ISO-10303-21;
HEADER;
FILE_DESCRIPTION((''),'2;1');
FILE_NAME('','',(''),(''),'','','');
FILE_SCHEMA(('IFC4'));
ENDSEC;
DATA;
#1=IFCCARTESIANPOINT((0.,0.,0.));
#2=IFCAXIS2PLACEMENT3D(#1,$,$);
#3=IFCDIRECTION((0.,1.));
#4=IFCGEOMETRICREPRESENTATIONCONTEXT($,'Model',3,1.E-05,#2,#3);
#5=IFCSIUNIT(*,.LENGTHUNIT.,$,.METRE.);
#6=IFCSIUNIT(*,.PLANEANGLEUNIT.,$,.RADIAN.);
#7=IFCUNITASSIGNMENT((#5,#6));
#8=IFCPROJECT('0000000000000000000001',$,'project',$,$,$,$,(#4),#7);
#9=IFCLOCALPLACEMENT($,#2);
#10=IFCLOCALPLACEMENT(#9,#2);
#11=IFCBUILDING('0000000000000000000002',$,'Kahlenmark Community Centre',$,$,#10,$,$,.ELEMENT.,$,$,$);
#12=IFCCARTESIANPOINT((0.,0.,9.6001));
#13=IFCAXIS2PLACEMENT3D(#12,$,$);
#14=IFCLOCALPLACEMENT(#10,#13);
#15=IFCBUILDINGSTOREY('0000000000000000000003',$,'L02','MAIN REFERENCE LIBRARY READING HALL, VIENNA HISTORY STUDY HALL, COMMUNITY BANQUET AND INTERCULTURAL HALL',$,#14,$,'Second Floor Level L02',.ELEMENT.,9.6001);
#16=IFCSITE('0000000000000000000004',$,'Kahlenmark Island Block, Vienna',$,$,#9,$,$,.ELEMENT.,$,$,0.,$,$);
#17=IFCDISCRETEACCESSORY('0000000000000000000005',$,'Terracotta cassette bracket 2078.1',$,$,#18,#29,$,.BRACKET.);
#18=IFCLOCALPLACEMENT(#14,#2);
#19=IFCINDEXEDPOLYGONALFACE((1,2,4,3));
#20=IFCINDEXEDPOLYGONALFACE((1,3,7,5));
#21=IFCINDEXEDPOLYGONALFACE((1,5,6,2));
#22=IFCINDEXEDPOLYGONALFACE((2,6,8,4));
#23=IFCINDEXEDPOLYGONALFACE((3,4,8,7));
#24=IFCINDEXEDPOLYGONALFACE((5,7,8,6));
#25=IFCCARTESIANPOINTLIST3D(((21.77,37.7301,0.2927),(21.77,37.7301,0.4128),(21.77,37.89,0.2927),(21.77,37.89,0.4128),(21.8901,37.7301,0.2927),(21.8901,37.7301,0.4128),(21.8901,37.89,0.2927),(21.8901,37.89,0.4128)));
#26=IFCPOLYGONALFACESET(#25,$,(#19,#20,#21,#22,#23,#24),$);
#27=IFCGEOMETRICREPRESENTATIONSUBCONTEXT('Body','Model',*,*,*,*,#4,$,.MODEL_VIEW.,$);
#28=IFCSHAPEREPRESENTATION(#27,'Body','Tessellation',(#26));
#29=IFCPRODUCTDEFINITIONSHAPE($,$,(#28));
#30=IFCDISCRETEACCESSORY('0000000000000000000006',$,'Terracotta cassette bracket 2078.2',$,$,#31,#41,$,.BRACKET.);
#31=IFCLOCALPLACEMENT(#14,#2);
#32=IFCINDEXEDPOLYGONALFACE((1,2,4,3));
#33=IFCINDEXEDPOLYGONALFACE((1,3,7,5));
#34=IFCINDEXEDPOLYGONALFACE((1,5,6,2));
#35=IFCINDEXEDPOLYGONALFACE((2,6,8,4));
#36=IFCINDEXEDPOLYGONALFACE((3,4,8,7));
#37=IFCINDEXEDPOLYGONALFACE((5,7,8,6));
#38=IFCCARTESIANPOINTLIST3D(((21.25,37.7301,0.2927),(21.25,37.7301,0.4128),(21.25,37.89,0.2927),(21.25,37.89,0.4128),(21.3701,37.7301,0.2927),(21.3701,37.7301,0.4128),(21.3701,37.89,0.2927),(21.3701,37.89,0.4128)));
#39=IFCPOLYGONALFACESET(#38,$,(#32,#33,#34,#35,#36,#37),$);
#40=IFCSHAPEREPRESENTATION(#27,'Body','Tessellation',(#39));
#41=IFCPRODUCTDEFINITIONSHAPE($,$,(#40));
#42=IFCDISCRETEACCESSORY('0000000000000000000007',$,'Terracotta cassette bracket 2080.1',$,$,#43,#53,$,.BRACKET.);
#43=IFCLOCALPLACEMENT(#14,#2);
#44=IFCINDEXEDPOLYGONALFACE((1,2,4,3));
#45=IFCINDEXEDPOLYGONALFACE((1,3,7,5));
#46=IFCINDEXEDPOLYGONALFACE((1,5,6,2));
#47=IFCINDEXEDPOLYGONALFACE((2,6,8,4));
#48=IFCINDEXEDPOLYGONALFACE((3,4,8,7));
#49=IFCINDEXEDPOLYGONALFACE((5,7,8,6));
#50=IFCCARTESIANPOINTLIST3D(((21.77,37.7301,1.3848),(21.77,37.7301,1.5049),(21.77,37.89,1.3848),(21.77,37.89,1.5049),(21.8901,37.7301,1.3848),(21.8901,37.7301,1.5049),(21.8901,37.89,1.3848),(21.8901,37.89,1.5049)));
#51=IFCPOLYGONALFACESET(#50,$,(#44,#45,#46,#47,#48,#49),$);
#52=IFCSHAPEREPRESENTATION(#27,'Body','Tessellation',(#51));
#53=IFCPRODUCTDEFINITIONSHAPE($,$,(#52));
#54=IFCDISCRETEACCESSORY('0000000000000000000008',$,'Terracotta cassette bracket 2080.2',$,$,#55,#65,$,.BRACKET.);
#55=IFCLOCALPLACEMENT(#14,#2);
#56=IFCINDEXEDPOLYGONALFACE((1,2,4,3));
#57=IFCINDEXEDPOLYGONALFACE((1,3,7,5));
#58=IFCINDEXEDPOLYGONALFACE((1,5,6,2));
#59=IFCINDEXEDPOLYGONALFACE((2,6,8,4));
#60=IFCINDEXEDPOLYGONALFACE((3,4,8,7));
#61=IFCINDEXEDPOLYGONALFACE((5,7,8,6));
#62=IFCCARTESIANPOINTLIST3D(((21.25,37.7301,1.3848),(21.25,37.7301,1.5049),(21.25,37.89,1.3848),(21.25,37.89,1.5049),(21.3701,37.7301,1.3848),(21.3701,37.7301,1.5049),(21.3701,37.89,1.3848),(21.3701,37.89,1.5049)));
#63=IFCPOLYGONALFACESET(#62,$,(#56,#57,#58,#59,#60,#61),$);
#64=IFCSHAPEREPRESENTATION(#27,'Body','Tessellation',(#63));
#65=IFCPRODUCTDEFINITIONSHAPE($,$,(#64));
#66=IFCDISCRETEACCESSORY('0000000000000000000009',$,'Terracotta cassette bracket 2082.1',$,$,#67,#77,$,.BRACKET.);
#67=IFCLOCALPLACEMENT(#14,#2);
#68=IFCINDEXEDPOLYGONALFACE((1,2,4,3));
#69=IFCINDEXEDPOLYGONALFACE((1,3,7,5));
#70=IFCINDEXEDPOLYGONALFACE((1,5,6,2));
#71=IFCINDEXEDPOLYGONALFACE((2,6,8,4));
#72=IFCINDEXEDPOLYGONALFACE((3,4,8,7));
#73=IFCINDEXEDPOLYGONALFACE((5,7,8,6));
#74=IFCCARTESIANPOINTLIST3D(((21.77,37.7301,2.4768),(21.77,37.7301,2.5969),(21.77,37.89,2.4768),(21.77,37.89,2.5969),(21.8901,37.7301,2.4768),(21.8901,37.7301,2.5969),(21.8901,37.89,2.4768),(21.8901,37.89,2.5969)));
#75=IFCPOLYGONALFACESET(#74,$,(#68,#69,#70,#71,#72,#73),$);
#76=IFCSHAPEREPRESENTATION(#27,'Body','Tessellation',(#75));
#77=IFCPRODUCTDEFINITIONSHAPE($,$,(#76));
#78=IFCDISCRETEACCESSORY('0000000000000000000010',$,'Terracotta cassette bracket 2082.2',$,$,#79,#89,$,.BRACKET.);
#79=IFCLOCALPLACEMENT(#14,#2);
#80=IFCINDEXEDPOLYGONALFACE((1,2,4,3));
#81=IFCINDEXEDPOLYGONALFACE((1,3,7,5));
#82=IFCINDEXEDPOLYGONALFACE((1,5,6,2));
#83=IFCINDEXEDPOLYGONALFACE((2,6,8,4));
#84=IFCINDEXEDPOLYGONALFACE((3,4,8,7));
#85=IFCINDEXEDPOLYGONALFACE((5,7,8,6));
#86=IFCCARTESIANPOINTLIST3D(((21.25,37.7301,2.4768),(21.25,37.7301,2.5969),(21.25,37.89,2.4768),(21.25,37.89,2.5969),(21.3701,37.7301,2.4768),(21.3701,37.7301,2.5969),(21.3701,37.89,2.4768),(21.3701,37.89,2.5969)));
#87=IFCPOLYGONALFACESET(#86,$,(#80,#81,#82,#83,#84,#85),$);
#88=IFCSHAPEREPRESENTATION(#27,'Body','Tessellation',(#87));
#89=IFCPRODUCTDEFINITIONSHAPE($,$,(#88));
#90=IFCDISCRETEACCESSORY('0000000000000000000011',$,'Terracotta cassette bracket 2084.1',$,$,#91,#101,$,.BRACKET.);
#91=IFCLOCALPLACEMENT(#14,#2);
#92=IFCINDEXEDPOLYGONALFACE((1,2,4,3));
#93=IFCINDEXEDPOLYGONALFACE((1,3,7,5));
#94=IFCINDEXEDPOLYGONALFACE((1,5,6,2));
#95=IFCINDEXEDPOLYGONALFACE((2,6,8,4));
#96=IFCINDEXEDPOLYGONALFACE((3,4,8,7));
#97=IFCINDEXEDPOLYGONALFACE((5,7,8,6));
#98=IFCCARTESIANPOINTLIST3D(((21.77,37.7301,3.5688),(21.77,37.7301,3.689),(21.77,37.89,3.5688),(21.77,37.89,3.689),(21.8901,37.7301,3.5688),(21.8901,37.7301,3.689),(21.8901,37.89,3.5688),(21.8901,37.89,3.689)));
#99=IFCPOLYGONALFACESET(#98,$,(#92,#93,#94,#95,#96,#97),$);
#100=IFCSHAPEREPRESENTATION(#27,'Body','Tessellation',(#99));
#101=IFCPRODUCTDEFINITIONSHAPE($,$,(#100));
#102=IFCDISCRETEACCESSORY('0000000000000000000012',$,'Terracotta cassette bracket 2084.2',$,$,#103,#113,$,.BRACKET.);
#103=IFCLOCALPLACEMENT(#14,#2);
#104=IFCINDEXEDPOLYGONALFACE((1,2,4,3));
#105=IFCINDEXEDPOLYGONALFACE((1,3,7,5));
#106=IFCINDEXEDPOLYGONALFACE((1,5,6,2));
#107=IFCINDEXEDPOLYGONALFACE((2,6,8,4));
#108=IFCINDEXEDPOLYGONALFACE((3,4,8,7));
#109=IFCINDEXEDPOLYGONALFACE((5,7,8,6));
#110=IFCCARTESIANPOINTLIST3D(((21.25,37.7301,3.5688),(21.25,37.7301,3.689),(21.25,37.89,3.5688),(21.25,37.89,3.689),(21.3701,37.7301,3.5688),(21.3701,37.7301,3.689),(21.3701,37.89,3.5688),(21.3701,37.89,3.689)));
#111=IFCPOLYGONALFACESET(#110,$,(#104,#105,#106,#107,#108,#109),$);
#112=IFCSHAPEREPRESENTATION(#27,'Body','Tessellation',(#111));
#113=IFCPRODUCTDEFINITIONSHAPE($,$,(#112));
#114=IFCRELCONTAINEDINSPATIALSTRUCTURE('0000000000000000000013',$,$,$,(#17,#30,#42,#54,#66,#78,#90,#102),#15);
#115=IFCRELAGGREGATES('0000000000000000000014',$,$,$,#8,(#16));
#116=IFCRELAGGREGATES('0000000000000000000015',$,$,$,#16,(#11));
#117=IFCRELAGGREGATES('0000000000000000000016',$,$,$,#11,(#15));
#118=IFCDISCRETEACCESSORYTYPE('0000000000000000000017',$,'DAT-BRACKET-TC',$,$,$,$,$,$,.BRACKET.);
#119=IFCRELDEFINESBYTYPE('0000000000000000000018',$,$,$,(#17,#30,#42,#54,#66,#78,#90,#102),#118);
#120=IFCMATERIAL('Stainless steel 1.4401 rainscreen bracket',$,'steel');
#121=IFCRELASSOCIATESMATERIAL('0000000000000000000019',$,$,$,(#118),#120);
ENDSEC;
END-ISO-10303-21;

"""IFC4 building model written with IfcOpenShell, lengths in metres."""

from ifc_helpers import new_model, si_unit, direction, frame, origin, origin_2d, place, context, subcontext, project, spatial, rectangle, extrude, material, type_object, element, save


model = new_model("IFC4")

# Units and contexts
model_context = context("Model", 3, precision=1e-05, world=origin(), true_north=direction((0.0, 1.0)))
body_context = subcontext(model_context, "Body", "Model", "MODEL_VIEW")
ifc_project = project(units=[si_unit("LENGTHUNIT", "METRE"), si_unit("PLANEANGLEUNIT", "RADIAN")], contexts=[model_context])

# Site, building, storey
site_placement = place(None, origin())
site = spatial("IfcSite", under=ifc_project, at=site_placement, Name="Kahlenmark Island Block, Vienna", CompositionType="ELEMENT", RefElevation=0.0)
building_placement = place(site_placement, origin())
building = spatial("IfcBuilding", under=site, at=building_placement, Name="Kahlenmark Community Centre", CompositionType="ELEMENT")
storey_placement = place(building_placement, frame((0.0, 0.0, 9.6001)))
storey = spatial("IfcBuildingStorey", under=building, at=storey_placement, Name="L02", Description="MAIN REFERENCE LIBRARY READING HALL, VIENNA HISTORY STUDY HALL, COMMUNITY BANQUET AND INTERCULTURAL HALL", LongName="Second Floor Level L02", CompositionType="ELEMENT", Elevation=9.6001)

# Discrete accessories
ifc_material_1 = material(Name="Stainless steel 1.4401 rainscreen bracket", Category="steel")
discrete_accessory_type = type_object("IfcDiscreteAccessoryType", Name="DAT-BRACKET-TC", PredefinedType="BRACKET", material=ifc_material_1)
for number, where, z_axis, x_axis, name in (
    (1, (21.8301, 37.8101, 0.2927), (0.0, 0.0, 1.0), (-1.0, 0.0, 0.0), "Terracotta cassette bracket 2078.1"),
    (2, (21.3101, 37.8101, 0.2927), (0.0, 0.0, 1.0), (-1.0, 0.0, 0.0), "Terracotta cassette bracket 2078.2"),
    (3, (21.8301, 37.8101, 1.3848), (0.0, 0.0, 1.0), (-1.0, 0.0, 0.0), "Terracotta cassette bracket 2080.1"),
    (4, (21.3101, 37.8101, 1.3848), (0.0, 0.0, 1.0), (-1.0, 0.0, 0.0), "Terracotta cassette bracket 2080.2"),
    (5, (21.8301, 37.8101, 2.4768), (0.0, 0.0, 1.0), (-1.0, 0.0, 0.0), "Terracotta cassette bracket 2082.1"),
    (6, (21.3101, 37.8101, 2.4768), (0.0, 0.0, 1.0), (-1.0, 0.0, 0.0), "Terracotta cassette bracket 2082.2"),
    (7, (21.8301, 37.8101, 3.5688), (0.0, 0.0, 1.0), (-1.0, 0.0, 0.0), "Terracotta cassette bracket 2084.1"),
    (8, (21.3101, 37.8101, 3.5688), (0.0, 0.0, 1.0), (-1.0, 0.0, 0.0), "Terracotta cassette bracket 2084.2"),
):
    element("IfcDiscreteAccessory", number, at=place(storey_placement, frame(where, z_axis=z_axis, x_axis=x_axis)), inside=storey, type_object=discrete_accessory_type, Name=name, PredefinedType="BRACKET", context=body_context, shape_type="SweptSolid", body=[
        extrude(rectangle(XDim=0.1201, YDim=0.1599, at=origin_2d()), origin(), (0.0, 0.0, 1.0), 0.1201),
    ])

save(model, "model.ifc")
